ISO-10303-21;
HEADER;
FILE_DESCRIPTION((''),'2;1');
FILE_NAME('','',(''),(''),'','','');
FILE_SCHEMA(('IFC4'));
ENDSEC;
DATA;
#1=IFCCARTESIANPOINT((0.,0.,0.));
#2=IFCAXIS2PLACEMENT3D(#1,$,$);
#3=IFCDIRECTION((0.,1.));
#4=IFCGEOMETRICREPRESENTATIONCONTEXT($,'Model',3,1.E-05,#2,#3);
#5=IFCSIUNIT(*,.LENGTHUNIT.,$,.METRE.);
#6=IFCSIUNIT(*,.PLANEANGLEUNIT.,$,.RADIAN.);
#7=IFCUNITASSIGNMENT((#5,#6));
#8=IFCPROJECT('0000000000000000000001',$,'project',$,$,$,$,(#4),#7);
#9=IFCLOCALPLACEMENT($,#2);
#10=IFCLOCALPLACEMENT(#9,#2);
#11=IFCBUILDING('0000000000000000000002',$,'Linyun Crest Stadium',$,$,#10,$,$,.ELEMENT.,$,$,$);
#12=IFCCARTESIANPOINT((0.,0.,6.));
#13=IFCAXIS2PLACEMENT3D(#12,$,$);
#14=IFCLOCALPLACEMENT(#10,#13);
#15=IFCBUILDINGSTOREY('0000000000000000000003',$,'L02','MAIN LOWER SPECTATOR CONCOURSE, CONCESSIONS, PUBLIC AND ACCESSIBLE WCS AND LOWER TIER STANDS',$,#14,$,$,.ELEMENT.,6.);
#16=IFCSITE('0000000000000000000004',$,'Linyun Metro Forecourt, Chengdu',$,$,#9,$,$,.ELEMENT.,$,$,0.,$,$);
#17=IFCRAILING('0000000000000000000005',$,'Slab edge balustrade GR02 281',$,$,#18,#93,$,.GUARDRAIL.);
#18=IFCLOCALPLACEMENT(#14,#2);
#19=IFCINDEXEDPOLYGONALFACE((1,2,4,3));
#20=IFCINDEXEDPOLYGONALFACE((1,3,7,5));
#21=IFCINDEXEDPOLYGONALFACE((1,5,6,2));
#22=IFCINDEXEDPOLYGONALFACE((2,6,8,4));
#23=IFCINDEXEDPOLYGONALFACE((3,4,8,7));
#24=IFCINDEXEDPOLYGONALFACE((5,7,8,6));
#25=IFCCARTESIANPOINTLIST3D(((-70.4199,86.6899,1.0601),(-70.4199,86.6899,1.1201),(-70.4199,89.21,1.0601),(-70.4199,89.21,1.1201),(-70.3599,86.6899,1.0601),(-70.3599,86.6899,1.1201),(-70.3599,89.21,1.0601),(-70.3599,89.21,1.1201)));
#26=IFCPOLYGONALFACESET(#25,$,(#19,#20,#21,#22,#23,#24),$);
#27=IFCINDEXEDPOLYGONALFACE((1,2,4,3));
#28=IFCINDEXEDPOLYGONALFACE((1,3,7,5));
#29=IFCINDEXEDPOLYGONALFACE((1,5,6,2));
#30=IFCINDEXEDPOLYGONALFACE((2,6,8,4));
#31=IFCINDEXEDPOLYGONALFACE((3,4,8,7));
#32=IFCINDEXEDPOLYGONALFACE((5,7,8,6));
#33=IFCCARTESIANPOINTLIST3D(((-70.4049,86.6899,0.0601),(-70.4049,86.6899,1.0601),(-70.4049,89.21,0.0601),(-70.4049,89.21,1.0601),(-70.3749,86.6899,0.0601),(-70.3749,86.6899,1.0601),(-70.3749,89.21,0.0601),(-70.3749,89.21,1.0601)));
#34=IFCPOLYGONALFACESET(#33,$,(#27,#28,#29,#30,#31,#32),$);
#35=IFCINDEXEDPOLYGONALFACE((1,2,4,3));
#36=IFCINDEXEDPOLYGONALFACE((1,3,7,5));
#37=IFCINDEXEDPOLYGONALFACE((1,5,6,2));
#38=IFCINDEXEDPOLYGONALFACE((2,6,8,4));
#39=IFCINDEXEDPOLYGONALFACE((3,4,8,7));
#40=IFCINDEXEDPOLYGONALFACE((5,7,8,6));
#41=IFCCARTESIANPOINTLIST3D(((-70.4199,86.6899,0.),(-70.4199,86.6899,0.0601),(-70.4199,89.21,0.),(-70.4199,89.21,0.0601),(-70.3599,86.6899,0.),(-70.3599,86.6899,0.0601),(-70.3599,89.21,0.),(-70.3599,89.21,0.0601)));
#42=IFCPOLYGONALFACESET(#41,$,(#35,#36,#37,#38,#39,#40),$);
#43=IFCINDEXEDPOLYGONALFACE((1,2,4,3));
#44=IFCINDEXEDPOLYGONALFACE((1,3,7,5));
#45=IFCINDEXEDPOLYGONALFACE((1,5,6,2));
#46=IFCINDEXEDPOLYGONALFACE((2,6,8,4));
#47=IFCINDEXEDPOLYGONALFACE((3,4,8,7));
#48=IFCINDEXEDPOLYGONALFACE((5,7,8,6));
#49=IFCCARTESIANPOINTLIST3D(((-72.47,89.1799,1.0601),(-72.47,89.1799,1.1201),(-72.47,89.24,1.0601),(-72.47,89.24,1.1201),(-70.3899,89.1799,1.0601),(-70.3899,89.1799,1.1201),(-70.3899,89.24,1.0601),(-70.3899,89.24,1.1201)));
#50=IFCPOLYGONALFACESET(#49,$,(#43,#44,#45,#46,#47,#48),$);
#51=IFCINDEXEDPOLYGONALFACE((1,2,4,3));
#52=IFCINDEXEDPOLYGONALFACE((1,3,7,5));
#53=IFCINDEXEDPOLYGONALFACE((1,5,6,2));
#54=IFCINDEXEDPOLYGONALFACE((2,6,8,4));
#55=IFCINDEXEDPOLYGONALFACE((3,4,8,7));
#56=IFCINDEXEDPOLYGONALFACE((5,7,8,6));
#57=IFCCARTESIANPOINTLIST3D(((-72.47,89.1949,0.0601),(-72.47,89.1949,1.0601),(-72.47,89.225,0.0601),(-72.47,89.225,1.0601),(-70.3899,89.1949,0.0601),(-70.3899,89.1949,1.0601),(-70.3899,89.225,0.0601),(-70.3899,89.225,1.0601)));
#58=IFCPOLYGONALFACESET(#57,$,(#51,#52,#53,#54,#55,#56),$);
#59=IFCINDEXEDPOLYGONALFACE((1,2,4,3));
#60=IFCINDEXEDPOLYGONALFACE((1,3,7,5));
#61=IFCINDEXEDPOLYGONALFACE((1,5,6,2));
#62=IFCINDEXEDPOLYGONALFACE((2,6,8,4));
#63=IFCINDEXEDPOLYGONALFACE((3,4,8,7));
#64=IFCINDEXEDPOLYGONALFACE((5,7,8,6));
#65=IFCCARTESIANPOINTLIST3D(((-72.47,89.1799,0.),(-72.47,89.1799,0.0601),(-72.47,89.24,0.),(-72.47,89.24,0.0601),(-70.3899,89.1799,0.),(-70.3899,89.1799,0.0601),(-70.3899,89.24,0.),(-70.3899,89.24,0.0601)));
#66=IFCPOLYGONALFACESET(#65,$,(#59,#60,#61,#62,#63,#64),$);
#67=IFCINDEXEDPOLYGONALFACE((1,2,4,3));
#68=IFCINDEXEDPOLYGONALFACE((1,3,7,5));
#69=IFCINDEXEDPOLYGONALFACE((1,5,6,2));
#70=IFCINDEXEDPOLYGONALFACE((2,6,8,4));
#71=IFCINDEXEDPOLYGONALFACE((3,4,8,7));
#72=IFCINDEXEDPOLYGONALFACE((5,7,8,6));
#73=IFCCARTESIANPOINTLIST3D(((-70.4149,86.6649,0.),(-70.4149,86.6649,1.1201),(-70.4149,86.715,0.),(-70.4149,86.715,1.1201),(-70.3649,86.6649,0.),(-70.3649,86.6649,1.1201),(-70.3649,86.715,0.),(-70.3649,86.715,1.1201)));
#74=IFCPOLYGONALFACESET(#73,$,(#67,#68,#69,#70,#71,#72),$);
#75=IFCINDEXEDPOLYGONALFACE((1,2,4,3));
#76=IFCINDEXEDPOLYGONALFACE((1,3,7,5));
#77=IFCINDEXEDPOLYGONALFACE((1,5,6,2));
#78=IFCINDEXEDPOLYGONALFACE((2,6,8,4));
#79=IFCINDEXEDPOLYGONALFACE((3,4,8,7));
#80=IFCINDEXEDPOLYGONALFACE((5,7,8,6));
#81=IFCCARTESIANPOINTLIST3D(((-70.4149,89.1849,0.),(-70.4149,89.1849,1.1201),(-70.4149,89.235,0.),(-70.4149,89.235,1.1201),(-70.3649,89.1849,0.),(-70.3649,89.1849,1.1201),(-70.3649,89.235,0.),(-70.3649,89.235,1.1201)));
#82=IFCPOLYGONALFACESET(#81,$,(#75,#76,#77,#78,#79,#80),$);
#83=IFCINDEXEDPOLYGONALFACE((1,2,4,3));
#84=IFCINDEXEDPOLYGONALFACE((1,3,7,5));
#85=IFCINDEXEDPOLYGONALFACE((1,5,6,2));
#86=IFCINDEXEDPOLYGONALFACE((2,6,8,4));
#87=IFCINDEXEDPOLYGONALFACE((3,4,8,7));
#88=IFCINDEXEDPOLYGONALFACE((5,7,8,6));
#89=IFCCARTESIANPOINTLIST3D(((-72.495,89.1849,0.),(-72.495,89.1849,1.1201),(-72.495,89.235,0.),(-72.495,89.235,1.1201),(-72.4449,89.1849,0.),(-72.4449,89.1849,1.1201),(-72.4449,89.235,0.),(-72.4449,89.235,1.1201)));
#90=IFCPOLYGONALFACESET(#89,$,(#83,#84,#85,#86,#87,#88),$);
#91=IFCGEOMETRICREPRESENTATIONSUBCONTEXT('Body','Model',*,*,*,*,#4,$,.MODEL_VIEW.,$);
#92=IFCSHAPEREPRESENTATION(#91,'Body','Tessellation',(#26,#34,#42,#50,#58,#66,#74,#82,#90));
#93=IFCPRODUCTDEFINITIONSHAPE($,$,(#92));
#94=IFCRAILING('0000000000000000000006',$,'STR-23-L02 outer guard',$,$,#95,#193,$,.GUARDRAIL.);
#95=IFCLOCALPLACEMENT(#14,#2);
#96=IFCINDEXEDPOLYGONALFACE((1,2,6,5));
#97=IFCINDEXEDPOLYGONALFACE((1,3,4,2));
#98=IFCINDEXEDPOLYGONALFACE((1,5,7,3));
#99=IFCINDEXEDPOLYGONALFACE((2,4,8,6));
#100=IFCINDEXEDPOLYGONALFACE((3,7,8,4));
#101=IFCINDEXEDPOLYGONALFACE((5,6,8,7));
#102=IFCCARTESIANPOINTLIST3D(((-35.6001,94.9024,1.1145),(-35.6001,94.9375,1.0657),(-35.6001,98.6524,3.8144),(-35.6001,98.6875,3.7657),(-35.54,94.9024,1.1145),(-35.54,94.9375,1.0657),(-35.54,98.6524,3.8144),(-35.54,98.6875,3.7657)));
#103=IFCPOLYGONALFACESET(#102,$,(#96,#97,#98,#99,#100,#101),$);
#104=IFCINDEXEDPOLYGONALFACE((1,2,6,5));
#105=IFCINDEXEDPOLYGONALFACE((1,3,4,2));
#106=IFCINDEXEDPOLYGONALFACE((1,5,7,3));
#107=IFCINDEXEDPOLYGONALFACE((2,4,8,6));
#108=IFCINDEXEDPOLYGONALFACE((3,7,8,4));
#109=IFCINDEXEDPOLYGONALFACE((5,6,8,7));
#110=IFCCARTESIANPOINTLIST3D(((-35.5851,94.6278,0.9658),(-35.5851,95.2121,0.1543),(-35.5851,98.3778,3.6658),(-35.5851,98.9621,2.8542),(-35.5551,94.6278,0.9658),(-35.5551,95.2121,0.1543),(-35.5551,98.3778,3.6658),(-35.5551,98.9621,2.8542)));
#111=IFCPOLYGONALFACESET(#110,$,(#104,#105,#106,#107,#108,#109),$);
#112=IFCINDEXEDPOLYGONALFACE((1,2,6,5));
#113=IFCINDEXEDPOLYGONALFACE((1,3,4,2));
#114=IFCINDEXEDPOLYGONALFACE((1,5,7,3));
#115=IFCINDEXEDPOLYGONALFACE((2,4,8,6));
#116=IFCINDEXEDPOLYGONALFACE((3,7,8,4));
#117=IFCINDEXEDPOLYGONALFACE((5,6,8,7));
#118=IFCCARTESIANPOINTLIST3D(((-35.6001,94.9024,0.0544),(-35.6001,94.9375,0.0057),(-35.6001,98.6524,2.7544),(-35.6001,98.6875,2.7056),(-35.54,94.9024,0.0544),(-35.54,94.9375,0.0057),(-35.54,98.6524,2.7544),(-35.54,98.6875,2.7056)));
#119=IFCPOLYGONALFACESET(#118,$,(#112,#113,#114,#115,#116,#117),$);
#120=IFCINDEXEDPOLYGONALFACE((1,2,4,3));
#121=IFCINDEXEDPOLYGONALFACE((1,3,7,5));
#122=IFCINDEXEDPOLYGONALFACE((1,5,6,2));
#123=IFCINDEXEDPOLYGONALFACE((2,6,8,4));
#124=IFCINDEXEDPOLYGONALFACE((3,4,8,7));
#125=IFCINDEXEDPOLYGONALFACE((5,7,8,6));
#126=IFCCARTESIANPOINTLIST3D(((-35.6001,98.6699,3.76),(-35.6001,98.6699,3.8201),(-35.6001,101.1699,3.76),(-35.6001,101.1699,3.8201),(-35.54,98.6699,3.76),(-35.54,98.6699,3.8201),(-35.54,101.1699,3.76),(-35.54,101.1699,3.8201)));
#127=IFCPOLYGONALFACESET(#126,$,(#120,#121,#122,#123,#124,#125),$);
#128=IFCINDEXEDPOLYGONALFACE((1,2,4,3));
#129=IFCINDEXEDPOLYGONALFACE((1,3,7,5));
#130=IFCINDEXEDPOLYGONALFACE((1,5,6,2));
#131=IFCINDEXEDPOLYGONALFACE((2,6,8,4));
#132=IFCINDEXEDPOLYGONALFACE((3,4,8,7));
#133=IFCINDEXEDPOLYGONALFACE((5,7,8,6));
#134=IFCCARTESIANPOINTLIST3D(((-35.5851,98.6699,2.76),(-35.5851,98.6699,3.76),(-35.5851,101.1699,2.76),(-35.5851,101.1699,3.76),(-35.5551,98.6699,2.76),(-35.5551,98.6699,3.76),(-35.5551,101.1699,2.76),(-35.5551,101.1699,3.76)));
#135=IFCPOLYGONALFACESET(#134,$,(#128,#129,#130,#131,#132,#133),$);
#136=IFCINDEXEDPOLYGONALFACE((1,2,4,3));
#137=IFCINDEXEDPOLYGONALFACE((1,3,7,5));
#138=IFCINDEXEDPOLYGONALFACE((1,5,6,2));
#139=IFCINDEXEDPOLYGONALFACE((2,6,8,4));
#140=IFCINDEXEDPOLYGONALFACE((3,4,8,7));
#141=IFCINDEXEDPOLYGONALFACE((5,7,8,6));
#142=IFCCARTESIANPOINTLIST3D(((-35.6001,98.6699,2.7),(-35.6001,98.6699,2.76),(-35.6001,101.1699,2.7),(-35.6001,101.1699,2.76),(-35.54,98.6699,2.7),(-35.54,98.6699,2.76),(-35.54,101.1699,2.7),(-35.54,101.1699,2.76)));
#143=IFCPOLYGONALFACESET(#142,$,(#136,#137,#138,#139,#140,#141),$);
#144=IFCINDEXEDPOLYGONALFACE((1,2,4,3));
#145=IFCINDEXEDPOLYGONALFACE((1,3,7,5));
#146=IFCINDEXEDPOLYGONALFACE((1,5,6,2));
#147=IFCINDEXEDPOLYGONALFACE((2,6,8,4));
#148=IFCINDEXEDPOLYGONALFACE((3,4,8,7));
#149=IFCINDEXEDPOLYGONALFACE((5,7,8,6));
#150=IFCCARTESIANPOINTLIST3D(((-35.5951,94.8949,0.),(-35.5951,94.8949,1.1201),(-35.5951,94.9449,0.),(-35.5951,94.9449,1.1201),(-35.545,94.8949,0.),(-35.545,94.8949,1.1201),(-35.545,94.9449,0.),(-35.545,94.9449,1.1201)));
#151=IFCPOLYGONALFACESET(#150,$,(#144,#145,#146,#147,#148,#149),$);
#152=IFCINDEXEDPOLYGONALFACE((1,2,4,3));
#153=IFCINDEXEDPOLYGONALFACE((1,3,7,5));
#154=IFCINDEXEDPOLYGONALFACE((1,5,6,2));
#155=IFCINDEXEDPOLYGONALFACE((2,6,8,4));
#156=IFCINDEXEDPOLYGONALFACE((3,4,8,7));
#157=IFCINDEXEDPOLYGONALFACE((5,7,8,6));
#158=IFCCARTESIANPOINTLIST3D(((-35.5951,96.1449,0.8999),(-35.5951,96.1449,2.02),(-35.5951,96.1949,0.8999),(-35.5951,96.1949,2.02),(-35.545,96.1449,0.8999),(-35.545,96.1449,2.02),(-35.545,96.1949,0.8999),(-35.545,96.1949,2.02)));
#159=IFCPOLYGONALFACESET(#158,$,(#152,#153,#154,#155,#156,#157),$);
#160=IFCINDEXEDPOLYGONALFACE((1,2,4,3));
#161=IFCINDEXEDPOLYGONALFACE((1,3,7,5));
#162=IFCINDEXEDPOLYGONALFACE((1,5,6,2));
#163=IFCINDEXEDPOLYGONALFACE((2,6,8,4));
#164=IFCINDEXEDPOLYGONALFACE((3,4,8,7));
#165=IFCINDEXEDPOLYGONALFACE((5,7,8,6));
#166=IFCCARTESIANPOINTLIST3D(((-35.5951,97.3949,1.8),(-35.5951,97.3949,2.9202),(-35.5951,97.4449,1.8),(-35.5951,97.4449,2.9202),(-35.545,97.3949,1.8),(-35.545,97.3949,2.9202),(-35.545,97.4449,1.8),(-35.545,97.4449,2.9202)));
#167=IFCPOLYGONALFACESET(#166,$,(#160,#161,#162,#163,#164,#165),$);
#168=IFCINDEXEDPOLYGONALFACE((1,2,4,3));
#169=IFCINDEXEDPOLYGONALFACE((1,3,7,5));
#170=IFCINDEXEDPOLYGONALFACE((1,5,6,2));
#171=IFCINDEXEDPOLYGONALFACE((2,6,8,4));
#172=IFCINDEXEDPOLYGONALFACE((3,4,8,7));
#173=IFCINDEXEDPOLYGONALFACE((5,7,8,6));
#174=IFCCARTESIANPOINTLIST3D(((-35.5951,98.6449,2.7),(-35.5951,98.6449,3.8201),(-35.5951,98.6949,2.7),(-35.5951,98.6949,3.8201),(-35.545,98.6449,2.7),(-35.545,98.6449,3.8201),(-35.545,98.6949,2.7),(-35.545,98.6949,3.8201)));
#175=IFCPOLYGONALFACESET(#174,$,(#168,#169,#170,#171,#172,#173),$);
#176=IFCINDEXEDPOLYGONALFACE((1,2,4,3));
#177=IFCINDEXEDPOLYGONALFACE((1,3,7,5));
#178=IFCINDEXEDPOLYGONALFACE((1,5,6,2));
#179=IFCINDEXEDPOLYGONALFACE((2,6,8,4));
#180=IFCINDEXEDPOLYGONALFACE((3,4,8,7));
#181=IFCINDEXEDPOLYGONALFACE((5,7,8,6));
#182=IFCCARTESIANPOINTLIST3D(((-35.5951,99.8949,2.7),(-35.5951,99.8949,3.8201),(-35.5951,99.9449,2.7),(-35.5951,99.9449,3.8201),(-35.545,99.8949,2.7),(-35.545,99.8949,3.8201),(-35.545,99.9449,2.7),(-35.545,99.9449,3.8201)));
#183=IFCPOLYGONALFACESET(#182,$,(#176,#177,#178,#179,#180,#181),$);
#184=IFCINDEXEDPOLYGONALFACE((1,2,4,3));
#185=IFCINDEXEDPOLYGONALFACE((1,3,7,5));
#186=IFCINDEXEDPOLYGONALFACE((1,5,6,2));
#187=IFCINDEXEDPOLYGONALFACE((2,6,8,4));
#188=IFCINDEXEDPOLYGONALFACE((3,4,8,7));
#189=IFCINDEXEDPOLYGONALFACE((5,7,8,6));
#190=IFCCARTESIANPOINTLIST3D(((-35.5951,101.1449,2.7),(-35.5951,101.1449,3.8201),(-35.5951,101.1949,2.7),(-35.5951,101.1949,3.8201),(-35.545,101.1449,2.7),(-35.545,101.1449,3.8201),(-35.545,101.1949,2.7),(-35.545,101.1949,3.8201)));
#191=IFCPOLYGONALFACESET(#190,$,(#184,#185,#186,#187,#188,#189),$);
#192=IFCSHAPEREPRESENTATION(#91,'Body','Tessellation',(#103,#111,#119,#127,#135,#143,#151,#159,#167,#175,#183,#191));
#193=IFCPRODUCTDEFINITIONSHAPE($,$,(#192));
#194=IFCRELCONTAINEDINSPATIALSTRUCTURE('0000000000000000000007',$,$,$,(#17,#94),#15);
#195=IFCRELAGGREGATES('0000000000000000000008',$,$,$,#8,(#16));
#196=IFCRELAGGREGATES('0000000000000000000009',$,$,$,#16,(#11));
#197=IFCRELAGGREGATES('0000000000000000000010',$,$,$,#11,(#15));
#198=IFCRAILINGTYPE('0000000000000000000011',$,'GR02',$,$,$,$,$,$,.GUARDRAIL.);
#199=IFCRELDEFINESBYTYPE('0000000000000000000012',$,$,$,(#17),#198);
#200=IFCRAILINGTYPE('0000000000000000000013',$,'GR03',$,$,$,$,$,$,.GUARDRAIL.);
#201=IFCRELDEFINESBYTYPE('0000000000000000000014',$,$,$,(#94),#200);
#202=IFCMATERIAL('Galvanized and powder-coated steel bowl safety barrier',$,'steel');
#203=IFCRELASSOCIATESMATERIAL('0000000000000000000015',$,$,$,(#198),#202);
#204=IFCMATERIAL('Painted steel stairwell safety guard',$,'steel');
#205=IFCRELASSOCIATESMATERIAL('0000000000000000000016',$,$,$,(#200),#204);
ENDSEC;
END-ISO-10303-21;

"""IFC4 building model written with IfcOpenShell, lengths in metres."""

from ifc_helpers import new_model, si_unit, direction, frame, origin, origin_2d, place, context, subcontext, project, spatial, rectangle, extrude, material, type_object, element, save


model = new_model("IFC4")

# Units and contexts
model_context = context("Model", 3, precision=1e-05, world=origin(), true_north=direction((0.0, 1.0)))
body_context = subcontext(model_context, "Body", "Model", "MODEL_VIEW")
ifc_project = project(units=[si_unit("LENGTHUNIT", "METRE"), si_unit("PLANEANGLEUNIT", "RADIAN")], contexts=[model_context])

# Site, building, storey
site_placement = place(None, origin())
site = spatial("IfcSite", under=ifc_project, at=site_placement, Name="Linyun Metro Forecourt, Chengdu", CompositionType="ELEMENT", RefElevation=0.0)
building_placement = place(site_placement, origin())
building = spatial("IfcBuilding", under=site, at=building_placement, Name="Linyun Crest Stadium", CompositionType="ELEMENT")
storey_placement = place(building_placement, frame((0.0, 0.0, 6.0)))
storey = spatial("IfcBuildingStorey", under=building, at=storey_placement, Name="L02", Description="MAIN LOWER SPECTATOR CONCOURSE, CONCESSIONS, PUBLIC AND ACCESSIBLE WCS AND LOWER TIER STANDS", CompositionType="ELEMENT", Elevation=6.0)

# Railings
ifc_material_1 = material(Name="Galvanized and powder-coated steel bowl safety barrier", Category="steel")
railing_type_1 = type_object("IfcRailingType", Name="GR02", PredefinedType="GUARDRAIL", material=ifc_material_1)
railing_1_placement = place(storey_placement, frame((-70.3899, 86.6899, 0.0)))
element("IfcRailing", 1, at=railing_1_placement, inside=storey, type_object=railing_type_1, Name="Slab edge balustrade GR02 281", PredefinedType="GUARDRAIL", context=body_context, shape_type="SweptSolid", body=[
    extrude(rectangle(XDim=0.0601, YDim=0.0601, at=origin_2d()), frame((0.0, 0.0, 1.0901), z_axis=(0.0, 1.0, 0.0), x_axis=(-1.0, 0.0, 0.0)), (0.0, 0.0, 1.0), 2.52),
    extrude(rectangle(XDim=0.03, YDim=1.0, at=origin_2d()), frame((0.0, 0.0, 0.5601), z_axis=(0.0, 1.0, 0.0), x_axis=(-1.0, 0.0, 0.0)), (0.0, 0.0, 1.0), 2.52),
    extrude(rectangle(XDim=0.0601, YDim=0.0601, at=origin_2d()), frame((0.0, 0.0, 0.03), z_axis=(0.0, 1.0, 0.0), x_axis=(-1.0, 0.0, 0.0)), (0.0, 0.0, 1.0), 2.52),
    extrude(rectangle(XDim=0.0601, YDim=0.0601, at=origin_2d()), frame((0.0, 2.52, 1.0901), z_axis=(-1.0, 0.0, 0.0), x_axis=(0.0, -1.0, 0.0)), (0.0, 0.0, 1.0), 2.0801),
    extrude(rectangle(XDim=0.03, YDim=1.0, at=origin_2d()), frame((0.0, 2.52, 0.5601), z_axis=(-1.0, 0.0, 0.0), x_axis=(0.0, -1.0, 0.0)), (0.0, 0.0, 1.0), 2.0801),
    extrude(rectangle(XDim=0.0601, YDim=0.0601, at=origin_2d()), frame((0.0, 2.52, 0.03), z_axis=(-1.0, 0.0, 0.0), x_axis=(0.0, -1.0, 0.0)), (0.0, 0.0, 1.0), 2.0801),
    extrude(rectangle(XDim=0.05, YDim=0.05, at=origin_2d()), origin(), (0.0, 0.0, 1.0), 1.1201),
    extrude(rectangle(XDim=0.05, YDim=0.05, at=origin_2d()), frame((0.0, 2.52, 0.0)), (0.0, 0.0, 1.0), 1.1201),
    extrude(rectangle(XDim=0.05, YDim=0.05, at=origin_2d()), frame((-2.0801, 2.52, 0.0)), (0.0, 0.0, 1.0), 1.1201),
])
ifc_material_2 = material(Name="Painted steel stairwell safety guard", Category="steel")
railing_type_2 = type_object("IfcRailingType", Name="GR03", PredefinedType="GUARDRAIL", material=ifc_material_2)
railing_2_placement = place(storey_placement, frame((-35.5701, 94.9199, 0.0)))
element("IfcRailing", 2, at=railing_2_placement, inside=storey, type_object=railing_type_2, Name="STR-23-L02 outer guard", PredefinedType="GUARDRAIL", context=body_context, shape_type="SweptSolid", body=[
    extrude(rectangle(XDim=0.0601, YDim=0.0601, at=origin_2d()), frame((0.0, 0.0, 1.0901), z_axis=(0.0, 0.811539, 0.584298), x_axis=(-1.0, 0.0, 0.0)), (0.0, 0.0, 1.0), 4.6208),
    extrude(rectangle(XDim=0.03, YDim=1.0, at=origin_2d()), frame((0.0, 0.0, 0.5601), z_axis=(0.0, 0.811539, 0.584298), x_axis=(-1.0, 0.0, 0.0)), (0.0, 0.0, 1.0), 4.6208),
    extrude(rectangle(XDim=0.0601, YDim=0.0601, at=origin_2d()), frame((0.0, 0.0, 0.03), z_axis=(0.0, 0.811539, 0.584298), x_axis=(-1.0, 0.0, 0.0)), (0.0, 0.0, 1.0), 4.6208),
    extrude(rectangle(XDim=0.0601, YDim=0.0601, at=origin_2d()), frame((0.0, 3.75, 3.79), z_axis=(0.0, 1.0, 0.0), x_axis=(-1.0, 0.0, 0.0)), (0.0, 0.0, 1.0), 2.5),
    extrude(rectangle(XDim=0.03, YDim=1.0, at=origin_2d()), frame((0.0, 3.75, 3.26), z_axis=(0.0, 1.0, 0.0), x_axis=(-1.0, 0.0, 0.0)), (0.0, 0.0, 1.0), 2.5),
    extrude(rectangle(XDim=0.0601, YDim=0.0601, at=origin_2d()), frame((0.0, 3.75, 2.73), z_axis=(0.0, 1.0, 0.0), x_axis=(-1.0, 0.0, 0.0)), (0.0, 0.0, 1.0), 2.5),
    extrude(rectangle(XDim=0.05, YDim=0.05, at=origin_2d()), origin(), (0.0, 0.0, 1.0), 1.1201),
    extrude(rectangle(XDim=0.05, YDim=0.05, at=origin_2d()), frame((0.0, 1.25, 0.8999)), (0.0, 0.0, 1.0), 1.1201),
    extrude(rectangle(XDim=0.05, YDim=0.05, at=origin_2d()), frame((0.0, 2.5, 1.8)), (0.0, 0.0, 1.0), 1.1201),
    extrude(rectangle(XDim=0.05, YDim=0.05, at=origin_2d()), frame((0.0, 3.75, 2.7)), (0.0, 0.0, 1.0), 1.1201),
    extrude(rectangle(XDim=0.05, YDim=0.05, at=origin_2d()), frame((0.0, 5.0, 2.7)), (0.0, 0.0, 1.0), 1.1201),
    extrude(rectangle(XDim=0.05, YDim=0.05, at=origin_2d()), frame((0.0, 6.25, 2.7)), (0.0, 0.0, 1.0), 1.1201),
])

save(model, "model.ifc")
